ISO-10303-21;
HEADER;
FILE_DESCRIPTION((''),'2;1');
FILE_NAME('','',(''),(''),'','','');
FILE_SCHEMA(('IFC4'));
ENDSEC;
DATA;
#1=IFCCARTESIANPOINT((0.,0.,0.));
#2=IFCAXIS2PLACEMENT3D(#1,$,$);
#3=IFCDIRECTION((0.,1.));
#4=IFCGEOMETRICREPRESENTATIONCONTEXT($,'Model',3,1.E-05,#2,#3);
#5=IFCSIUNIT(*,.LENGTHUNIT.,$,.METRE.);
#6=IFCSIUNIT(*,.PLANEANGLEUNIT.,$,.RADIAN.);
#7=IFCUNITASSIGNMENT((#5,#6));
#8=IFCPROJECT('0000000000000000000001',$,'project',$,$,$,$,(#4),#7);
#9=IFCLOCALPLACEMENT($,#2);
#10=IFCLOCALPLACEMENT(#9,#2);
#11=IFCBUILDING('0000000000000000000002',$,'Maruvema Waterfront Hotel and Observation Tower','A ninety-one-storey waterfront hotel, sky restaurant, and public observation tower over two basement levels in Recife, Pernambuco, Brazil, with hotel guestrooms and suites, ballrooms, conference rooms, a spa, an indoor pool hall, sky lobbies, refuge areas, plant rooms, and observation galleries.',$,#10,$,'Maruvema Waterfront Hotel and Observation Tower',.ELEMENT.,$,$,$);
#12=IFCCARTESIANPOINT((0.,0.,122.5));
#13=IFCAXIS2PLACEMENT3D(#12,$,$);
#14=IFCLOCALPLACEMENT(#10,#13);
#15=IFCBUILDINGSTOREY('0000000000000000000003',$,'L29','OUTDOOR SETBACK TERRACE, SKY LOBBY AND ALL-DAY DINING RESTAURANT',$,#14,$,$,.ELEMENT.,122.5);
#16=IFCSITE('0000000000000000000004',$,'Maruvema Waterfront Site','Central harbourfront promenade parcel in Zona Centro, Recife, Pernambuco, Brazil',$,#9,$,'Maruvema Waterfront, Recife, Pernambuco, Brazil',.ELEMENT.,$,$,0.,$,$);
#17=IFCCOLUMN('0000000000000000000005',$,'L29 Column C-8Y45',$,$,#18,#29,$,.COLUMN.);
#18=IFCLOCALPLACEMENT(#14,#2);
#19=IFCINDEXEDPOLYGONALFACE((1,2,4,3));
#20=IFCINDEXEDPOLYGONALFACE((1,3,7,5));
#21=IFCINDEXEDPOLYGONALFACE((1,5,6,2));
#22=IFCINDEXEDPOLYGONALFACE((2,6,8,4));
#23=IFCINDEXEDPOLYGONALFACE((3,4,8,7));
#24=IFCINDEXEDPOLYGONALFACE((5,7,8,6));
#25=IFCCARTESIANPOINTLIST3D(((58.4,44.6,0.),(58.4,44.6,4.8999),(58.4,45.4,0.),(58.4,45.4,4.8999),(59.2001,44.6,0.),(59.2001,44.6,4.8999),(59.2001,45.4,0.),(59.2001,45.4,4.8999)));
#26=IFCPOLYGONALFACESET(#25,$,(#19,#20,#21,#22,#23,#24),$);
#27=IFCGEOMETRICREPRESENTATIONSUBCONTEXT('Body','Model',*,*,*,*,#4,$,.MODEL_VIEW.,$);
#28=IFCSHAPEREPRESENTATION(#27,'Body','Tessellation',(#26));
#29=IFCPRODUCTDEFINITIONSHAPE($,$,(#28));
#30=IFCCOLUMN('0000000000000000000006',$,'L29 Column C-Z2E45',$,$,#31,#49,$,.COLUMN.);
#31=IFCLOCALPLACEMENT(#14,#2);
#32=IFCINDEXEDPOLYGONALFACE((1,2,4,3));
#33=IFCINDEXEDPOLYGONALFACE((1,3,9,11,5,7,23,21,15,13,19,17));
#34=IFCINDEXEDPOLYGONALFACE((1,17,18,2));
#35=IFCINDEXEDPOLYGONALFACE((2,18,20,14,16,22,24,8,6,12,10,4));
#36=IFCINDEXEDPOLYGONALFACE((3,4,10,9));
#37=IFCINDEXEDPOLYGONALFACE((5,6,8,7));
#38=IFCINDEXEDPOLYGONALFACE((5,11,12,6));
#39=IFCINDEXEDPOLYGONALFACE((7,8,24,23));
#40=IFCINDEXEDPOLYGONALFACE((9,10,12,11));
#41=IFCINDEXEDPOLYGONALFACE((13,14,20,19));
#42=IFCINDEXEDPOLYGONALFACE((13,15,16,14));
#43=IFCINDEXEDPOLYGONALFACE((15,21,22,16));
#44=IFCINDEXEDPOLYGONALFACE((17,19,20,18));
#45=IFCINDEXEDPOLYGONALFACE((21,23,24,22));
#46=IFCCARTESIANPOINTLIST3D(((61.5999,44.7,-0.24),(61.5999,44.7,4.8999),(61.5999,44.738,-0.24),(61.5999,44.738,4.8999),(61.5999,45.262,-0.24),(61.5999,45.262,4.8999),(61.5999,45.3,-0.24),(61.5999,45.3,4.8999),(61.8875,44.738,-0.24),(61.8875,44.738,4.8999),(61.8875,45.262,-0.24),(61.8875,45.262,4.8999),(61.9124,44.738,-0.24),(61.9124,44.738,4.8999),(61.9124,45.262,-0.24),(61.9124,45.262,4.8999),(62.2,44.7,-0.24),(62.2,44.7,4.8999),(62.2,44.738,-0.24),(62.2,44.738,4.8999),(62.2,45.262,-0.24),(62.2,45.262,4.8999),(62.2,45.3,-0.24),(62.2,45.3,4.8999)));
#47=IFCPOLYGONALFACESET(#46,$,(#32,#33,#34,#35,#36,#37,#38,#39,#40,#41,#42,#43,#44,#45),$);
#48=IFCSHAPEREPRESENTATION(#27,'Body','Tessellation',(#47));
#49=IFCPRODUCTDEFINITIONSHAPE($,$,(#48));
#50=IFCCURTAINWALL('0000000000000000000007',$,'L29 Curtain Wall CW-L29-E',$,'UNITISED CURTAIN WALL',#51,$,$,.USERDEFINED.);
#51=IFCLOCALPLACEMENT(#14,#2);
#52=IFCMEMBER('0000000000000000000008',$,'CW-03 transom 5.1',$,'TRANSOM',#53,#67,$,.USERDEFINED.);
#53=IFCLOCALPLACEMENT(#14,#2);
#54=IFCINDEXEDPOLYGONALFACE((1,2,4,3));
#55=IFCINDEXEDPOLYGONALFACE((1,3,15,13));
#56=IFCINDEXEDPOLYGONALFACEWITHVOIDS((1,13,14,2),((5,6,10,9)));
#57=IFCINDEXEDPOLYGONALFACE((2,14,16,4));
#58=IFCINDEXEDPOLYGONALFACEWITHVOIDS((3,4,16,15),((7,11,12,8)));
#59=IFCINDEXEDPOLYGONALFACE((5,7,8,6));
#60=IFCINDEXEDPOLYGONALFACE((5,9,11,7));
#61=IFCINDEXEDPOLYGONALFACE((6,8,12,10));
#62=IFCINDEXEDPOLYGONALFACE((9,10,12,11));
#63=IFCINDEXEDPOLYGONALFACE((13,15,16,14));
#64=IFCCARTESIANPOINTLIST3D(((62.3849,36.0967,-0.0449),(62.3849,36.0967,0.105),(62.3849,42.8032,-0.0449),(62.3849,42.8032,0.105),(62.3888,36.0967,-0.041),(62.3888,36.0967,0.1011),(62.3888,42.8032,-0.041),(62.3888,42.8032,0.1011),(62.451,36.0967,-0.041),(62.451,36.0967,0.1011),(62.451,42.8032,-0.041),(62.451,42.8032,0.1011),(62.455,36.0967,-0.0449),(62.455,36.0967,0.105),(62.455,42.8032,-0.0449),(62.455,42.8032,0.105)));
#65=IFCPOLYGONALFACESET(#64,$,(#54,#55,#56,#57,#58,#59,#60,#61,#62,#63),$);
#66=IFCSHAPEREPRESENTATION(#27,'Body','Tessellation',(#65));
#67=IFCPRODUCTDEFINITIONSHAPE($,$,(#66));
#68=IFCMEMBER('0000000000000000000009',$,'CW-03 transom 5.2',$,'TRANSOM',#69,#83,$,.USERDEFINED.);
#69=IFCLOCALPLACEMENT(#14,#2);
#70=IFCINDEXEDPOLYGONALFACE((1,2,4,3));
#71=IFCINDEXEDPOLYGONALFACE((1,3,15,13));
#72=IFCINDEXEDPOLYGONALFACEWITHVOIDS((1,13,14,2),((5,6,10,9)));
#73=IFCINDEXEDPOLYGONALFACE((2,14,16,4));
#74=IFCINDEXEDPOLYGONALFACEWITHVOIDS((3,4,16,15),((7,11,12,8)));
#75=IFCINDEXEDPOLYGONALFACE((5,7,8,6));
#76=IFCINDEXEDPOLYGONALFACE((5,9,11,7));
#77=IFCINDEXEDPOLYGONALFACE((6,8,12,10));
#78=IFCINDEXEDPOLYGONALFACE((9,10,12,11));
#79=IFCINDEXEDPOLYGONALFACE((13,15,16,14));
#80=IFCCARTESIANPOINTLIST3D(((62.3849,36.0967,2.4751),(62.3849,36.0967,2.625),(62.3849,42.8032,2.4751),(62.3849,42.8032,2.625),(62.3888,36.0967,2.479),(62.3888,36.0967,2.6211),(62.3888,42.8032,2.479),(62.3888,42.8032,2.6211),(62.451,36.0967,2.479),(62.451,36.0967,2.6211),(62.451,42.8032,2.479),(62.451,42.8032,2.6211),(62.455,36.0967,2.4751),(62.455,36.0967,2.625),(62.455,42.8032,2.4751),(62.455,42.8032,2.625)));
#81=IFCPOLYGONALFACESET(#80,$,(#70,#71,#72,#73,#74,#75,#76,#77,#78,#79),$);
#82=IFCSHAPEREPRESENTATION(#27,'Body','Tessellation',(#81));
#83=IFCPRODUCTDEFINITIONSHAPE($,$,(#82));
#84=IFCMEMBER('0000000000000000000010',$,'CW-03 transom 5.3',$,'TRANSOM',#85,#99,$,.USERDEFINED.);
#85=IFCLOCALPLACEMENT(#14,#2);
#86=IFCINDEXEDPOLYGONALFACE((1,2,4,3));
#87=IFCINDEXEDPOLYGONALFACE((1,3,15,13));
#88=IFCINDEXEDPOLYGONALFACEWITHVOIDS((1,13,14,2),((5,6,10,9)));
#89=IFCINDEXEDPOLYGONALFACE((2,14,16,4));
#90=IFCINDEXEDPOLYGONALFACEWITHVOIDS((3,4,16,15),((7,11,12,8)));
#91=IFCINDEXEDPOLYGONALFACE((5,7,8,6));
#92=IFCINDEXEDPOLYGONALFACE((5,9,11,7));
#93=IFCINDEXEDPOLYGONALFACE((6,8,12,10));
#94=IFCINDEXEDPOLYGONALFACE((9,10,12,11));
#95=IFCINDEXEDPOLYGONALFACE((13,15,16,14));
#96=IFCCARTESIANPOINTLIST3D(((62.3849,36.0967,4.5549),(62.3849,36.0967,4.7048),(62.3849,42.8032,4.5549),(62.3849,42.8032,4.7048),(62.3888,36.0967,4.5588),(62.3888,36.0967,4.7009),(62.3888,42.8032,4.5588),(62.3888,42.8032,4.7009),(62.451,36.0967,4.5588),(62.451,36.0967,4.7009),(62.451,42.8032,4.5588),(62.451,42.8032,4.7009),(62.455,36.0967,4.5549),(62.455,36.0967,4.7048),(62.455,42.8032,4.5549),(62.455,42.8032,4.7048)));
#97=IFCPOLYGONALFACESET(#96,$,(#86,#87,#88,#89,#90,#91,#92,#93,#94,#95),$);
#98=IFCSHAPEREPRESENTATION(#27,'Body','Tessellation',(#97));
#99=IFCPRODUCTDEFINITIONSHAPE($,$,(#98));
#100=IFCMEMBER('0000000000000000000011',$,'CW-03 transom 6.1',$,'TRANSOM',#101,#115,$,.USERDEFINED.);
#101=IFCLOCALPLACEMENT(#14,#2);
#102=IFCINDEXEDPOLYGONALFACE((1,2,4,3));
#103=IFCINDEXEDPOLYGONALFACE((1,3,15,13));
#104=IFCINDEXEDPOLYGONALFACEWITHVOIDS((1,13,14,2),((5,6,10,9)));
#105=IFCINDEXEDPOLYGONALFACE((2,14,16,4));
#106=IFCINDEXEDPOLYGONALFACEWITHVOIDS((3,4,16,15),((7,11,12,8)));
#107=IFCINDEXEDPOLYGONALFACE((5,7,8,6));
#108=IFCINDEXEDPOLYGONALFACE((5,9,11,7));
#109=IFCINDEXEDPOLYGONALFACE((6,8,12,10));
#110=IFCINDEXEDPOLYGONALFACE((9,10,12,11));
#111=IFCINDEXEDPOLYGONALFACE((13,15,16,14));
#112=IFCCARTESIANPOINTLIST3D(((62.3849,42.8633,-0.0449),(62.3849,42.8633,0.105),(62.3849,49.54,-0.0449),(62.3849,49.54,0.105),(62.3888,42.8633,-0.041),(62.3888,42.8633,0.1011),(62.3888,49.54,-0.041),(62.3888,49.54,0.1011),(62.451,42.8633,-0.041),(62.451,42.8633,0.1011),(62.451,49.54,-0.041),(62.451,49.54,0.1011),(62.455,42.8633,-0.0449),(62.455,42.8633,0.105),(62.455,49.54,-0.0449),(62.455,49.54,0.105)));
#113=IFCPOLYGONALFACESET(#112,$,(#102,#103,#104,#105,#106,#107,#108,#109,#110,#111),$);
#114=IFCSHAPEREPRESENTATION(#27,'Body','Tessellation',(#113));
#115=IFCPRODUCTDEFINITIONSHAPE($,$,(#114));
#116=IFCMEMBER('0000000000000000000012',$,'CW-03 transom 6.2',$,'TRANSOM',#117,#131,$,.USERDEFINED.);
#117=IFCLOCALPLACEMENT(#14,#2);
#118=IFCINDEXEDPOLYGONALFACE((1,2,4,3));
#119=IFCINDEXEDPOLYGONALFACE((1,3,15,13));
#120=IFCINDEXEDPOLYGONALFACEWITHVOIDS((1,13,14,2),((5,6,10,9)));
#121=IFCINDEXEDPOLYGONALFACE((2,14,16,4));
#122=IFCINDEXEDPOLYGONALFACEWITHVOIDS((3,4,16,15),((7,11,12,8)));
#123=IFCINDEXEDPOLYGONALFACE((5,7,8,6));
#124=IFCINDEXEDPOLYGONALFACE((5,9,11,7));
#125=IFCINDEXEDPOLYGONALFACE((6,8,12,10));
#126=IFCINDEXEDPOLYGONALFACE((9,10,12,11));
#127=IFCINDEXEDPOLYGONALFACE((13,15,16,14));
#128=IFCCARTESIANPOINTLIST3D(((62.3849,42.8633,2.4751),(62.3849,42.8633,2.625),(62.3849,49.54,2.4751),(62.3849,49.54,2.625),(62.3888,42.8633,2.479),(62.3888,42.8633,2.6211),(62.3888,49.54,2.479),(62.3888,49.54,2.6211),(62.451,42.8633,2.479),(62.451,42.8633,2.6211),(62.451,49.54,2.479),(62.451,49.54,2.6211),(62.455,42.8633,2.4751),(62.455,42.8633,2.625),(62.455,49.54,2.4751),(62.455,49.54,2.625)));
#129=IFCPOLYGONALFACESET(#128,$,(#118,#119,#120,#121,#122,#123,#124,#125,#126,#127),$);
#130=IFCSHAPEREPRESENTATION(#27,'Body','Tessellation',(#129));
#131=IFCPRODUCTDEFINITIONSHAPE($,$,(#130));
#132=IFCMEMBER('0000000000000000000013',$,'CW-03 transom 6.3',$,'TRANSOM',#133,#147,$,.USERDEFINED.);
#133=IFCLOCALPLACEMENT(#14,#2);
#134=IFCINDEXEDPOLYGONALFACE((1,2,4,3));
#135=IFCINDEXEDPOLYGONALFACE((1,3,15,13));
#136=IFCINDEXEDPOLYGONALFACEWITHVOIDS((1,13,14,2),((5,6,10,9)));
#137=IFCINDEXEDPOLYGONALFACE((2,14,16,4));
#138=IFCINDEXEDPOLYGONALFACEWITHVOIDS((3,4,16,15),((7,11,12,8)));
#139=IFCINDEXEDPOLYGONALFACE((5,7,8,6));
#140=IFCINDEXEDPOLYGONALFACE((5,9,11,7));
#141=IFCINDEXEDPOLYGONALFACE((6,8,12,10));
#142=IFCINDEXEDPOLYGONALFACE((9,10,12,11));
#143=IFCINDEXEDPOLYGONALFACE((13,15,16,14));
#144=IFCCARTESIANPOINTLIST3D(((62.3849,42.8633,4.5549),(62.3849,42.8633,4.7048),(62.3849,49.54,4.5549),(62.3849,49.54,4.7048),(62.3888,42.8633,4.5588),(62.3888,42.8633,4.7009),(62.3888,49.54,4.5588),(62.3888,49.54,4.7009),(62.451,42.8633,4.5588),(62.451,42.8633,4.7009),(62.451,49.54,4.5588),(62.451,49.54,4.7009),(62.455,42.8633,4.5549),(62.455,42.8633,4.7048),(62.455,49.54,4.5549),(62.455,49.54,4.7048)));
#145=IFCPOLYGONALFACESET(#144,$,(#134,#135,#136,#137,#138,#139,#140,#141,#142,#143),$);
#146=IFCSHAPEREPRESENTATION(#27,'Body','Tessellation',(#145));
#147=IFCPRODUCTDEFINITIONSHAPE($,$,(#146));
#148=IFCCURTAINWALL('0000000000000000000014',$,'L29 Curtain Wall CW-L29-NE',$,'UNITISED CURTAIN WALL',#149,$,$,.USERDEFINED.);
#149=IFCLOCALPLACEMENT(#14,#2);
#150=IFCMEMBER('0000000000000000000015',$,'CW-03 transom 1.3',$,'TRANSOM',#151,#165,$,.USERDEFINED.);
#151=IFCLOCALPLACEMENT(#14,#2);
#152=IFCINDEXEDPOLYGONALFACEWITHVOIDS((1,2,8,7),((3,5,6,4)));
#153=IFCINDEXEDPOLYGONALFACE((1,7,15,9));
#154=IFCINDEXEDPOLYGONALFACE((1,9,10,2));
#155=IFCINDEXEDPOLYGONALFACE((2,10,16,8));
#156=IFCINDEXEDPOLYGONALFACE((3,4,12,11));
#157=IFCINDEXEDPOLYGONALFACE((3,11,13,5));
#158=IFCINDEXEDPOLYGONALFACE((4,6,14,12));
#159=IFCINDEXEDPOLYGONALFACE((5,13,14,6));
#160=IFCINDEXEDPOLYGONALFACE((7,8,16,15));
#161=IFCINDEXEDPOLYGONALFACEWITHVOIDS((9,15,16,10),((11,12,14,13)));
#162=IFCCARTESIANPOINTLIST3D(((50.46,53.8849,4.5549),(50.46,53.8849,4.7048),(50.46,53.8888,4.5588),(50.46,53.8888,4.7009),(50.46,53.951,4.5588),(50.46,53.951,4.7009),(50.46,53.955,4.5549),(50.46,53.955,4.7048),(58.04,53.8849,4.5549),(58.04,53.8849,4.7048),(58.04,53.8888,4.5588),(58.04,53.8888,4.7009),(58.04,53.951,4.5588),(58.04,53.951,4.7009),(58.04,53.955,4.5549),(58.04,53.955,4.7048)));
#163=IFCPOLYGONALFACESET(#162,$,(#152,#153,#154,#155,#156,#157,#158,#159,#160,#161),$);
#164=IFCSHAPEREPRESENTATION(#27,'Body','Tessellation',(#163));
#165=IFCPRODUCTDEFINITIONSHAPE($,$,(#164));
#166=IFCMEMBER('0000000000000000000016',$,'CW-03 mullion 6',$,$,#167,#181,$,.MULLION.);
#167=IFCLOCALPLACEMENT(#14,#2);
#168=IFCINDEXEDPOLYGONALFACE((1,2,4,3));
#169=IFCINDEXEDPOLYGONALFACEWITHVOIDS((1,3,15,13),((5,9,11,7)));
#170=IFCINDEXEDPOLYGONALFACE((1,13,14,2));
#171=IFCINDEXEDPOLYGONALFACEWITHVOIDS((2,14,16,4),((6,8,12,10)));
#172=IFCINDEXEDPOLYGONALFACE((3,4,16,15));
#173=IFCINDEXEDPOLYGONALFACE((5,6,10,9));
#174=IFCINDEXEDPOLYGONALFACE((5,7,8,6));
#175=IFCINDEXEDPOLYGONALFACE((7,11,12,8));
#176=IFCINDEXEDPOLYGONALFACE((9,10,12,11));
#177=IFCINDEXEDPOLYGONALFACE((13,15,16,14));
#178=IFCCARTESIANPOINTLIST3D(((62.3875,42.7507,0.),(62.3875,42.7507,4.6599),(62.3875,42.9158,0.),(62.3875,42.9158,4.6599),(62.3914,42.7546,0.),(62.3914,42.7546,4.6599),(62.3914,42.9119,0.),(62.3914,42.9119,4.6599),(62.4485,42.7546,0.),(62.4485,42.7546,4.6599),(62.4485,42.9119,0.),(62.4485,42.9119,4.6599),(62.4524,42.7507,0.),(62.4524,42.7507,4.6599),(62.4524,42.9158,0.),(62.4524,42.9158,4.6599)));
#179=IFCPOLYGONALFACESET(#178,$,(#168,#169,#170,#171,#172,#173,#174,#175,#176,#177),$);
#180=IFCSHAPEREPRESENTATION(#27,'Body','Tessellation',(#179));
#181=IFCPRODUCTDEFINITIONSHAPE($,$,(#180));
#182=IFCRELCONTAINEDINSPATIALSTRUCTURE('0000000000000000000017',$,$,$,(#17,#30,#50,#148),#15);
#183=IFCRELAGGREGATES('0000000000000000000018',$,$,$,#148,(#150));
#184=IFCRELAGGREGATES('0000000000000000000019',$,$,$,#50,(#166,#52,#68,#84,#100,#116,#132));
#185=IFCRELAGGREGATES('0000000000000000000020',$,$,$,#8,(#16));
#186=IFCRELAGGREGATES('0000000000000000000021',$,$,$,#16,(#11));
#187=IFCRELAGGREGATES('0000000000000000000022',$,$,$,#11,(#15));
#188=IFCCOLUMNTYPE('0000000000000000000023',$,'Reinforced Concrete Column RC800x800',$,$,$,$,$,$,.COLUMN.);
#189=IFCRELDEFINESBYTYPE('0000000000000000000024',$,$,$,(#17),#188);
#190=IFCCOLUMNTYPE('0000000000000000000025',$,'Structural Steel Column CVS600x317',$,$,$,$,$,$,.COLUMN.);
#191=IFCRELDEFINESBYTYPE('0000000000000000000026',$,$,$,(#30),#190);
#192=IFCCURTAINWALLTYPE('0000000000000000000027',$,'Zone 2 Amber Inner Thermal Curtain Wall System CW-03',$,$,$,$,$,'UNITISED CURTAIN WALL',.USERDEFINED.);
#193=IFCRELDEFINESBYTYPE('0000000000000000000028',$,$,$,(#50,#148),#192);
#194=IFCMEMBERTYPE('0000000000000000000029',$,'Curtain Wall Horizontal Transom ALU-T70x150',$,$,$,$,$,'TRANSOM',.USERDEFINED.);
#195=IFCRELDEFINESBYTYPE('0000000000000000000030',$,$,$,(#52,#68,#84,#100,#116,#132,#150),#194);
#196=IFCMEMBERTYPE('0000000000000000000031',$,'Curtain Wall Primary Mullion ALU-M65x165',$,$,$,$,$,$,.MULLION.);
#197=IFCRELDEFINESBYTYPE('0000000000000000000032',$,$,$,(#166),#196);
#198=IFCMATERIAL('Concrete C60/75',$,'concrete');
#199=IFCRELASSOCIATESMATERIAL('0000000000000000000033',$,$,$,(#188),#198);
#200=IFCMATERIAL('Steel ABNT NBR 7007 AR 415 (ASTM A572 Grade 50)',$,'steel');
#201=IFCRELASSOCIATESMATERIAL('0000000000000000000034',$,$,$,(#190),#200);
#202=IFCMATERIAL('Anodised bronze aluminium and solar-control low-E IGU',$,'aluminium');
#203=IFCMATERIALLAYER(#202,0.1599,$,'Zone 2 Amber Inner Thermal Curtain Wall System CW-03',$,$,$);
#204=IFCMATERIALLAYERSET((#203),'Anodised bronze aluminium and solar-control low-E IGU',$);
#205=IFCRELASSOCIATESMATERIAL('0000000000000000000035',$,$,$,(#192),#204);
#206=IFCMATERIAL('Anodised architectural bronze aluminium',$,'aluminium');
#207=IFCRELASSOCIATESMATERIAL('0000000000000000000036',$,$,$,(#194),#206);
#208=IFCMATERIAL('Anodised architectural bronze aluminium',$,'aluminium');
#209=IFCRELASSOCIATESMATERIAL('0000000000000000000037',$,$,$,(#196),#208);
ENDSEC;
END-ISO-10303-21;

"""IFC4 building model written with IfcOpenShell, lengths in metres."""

from ifc_helpers import new_model, si_unit, direction, frame, origin, origin_2d, place, context, subcontext, project, spatial, rectangle, hollow_rectangle, i_section, extrude, material, layer, layer_set, material_profile, profile_set, type_object, element, aggregate, save


model = new_model("IFC4")

# Units and contexts
model_context = context("Model", 3, precision=1e-05, world=origin(), true_north=direction((0.0, 1.0)))
body_context = subcontext(model_context, "Body", "Model", "MODEL_VIEW")
ifc_project = project(units=[si_unit("LENGTHUNIT", "METRE"), si_unit("PLANEANGLEUNIT", "RADIAN")], contexts=[model_context])

# Site, building, storey
site_placement = place(None, origin())
site = spatial("IfcSite", under=ifc_project, at=site_placement, Name="Maruvema Waterfront Site", Description="Central harbourfront promenade parcel in Zona Centro, Recife, Pernambuco, Brazil", LongName="Maruvema Waterfront, Recife, Pernambuco, Brazil", CompositionType="ELEMENT", RefElevation=0.0)
building_placement = place(site_placement, origin())
building = spatial("IfcBuilding", under=site, at=building_placement, Name="Maruvema Waterfront Hotel and Observation Tower", Description="A ninety-one-storey waterfront hotel, sky restaurant, and public observation tower over two basement levels in Recife, Pernambuco, Brazil, with hotel guestrooms and suites, ballrooms, conference rooms, a spa, an indoor pool hall, sky lobbies, refuge areas, plant rooms, and observation galleries.", LongName="Maruvema Waterfront Hotel and Observation Tower", CompositionType="ELEMENT")
storey_placement = place(building_placement, frame((0.0, 0.0, 122.5)))
storey = spatial("IfcBuildingStorey", under=building, at=storey_placement, Name="L29", Description="OUTDOOR SETBACK TERRACE, SKY LOBBY AND ALL-DAY DINING RESTAURANT", CompositionType="ELEMENT", Elevation=122.5)

# Columns
ifc_material_1 = material(Name="Concrete C60/75", Category="concrete")
ifc_material_profile_1 = material_profile(ifc_material_1, rectangle(XDim=0.8, YDim=0.8, at=origin_2d()), Name="RC800x800")
ifc_profile_set_1 = profile_set([ifc_material_profile_1], Name="Concrete C60/75")
column_type_1 = type_object("IfcColumnType", Name="Reinforced Concrete Column RC800x800", PredefinedType="COLUMN", material=ifc_profile_set_1)
column_1_placement = place(storey_placement, frame((58.8, 45.0, 0.0), z_axis=(0.0, 0.0, 1.0), x_axis=(1.0, 0.0, 0.0)))
element("IfcColumn", 1, at=column_1_placement, inside=storey, type_object=column_type_1, Name="L29 Column C-8Y45", PredefinedType="COLUMN", context=body_context, shape_type="SweptSolid", body=[
    extrude(rectangle(XDim=0.8, YDim=0.8, at=origin_2d()), origin(), (0.0, 0.0, 1.0), 4.8999),
])
ifc_material_2 = material(Name="Steel ABNT NBR 7007 AR 415 (ASTM A572 Grade 50)", Category="steel")
ifc_material_profile_2 = material_profile(ifc_material_2, i_section(OverallWidth=0.6001, OverallDepth=0.6001, WebThickness=0.0249, FlangeThickness=0.0381, at=origin_2d()), Name="CVS600x317")
ifc_profile_set_2 = profile_set([ifc_material_profile_2], Name="Steel ABNT NBR 7007 AR 415 (ASTM A572 Grade 50)")
column_type_2 = type_object("IfcColumnType", Name="Structural Steel Column CVS600x317", PredefinedType="COLUMN", material=ifc_profile_set_2)
column_2_placement = place(storey_placement, frame((61.8999, 45.0, -0.24), z_axis=(0.0, 0.0, 1.0), x_axis=(1.0, 0.0, 0.0)))
element("IfcColumn", 2, at=column_2_placement, inside=storey, type_object=column_type_2, Name="L29 Column C-Z2E45", PredefinedType="COLUMN", context=body_context, shape_type="SweptSolid", body=[
    extrude(i_section(OverallWidth=0.6001, OverallDepth=0.6001, WebThickness=0.0249, FlangeThickness=0.0381, at=origin_2d()), origin(), (0.0, 0.0, 1.0), 5.1399),
])

# Curtain wall, members
ifc_material_3 = material(Name="Anodised bronze aluminium and solar-control low-E IGU", Category="aluminium")
ifc_layer_1 = layer(ifc_material_3, 0.1599, Name="Zone 2 Amber Inner Thermal Curtain Wall System CW-03")
ifc_layer_set_1 = layer_set([ifc_layer_1], Name="Anodised bronze aluminium and solar-control low-E IGU")
curtain_wall_type = type_object("IfcCurtainWallType", Name="Zone 2 Amber Inner Thermal Curtain Wall System CW-03", ElementType="UNITISED CURTAIN WALL", PredefinedType="USERDEFINED", material=ifc_layer_set_1)
curtain_wall_1_placement = place(storey_placement, origin())
curtain_wall_1 = element("IfcCurtainWall", 3, at=curtain_wall_1_placement, inside=storey, type_object=curtain_wall_type, Name="L29 Curtain Wall CW-L29-E", ObjectType="UNITISED CURTAIN WALL", PredefinedType="USERDEFINED")
ifc_material_4 = material(Name="Anodised architectural bronze aluminium", Category="aluminium")
ifc_material_profile_3 = material_profile(ifc_material_4, hollow_rectangle(XDim=0.0701, YDim=0.1499, WallThickness=0.0039, at=origin_2d()), Name="ALU-T70x150")
ifc_profile_set_3 = profile_set([ifc_material_profile_3], Name="Anodised architectural bronze aluminium")
member_type_1 = type_object("IfcMemberType", Name="Curtain Wall Horizontal Transom ALU-T70x150", ElementType="TRANSOM", PredefinedType="USERDEFINED", material=ifc_profile_set_3)
member_1_placement = place(storey_placement, frame((62.4199, 36.0967, 0.03), z_axis=(0.0, 1.0, 0.0), x_axis=(-1.0, 0.0, 0.0)))
member_1 = element("IfcMember", 4, at=member_1_placement, type_object=member_type_1, Name="CW-03 transom 5.1", ObjectType="TRANSOM", PredefinedType="USERDEFINED", context=body_context, shape_type="SweptSolid", body=[
    extrude(hollow_rectangle(XDim=0.0701, YDim=0.1499, WallThickness=0.0039, at=origin_2d()), origin(), (0.0, 0.0, 1.0), 6.7065),
])
member_2_placement = place(storey_placement, frame((62.4199, 36.0967, 2.55), z_axis=(0.0, 1.0, 0.0), x_axis=(-1.0, 0.0, 0.0)))
member_2 = element("IfcMember", 5, at=member_2_placement, type_object=member_type_1, Name="CW-03 transom 5.2", ObjectType="TRANSOM", PredefinedType="USERDEFINED", context=body_context, shape_type="SweptSolid", body=[
    extrude(hollow_rectangle(XDim=0.0701, YDim=0.1499, WallThickness=0.0039, at=origin_2d()), origin(), (0.0, 0.0, 1.0), 6.7065),
])
member_3_placement = place(storey_placement, frame((62.4199, 36.0967, 4.6299), z_axis=(0.0, 1.0, 0.0), x_axis=(-1.0, 0.0, 0.0)))
member_3 = element("IfcMember", 6, at=member_3_placement, type_object=member_type_1, Name="CW-03 transom 5.3", ObjectType="TRANSOM", PredefinedType="USERDEFINED", context=body_context, shape_type="SweptSolid", body=[
    extrude(hollow_rectangle(XDim=0.0701, YDim=0.1499, WallThickness=0.0039, at=origin_2d()), origin(), (0.0, 0.0, 1.0), 6.7065),
])
member_4_placement = place(storey_placement, frame((62.4199, 42.8633, 0.03), z_axis=(0.0, 1.0, 0.0), x_axis=(-1.0, 0.0, 0.0)))
member_4 = element("IfcMember", 7, at=member_4_placement, type_object=member_type_1, Name="CW-03 transom 6.1", ObjectType="TRANSOM", PredefinedType="USERDEFINED", context=body_context, shape_type="SweptSolid", body=[
    extrude(hollow_rectangle(XDim=0.0701, YDim=0.1499, WallThickness=0.0039, at=origin_2d()), origin(), (0.0, 0.0, 1.0), 6.6768),
])
member_5_placement = place(storey_placement, frame((62.4199, 42.8633, 2.55), z_axis=(0.0, 1.0, 0.0), x_axis=(-1.0, 0.0, 0.0)))
member_5 = element("IfcMember", 8, at=member_5_placement, type_object=member_type_1, Name="CW-03 transom 6.2", ObjectType="TRANSOM", PredefinedType="USERDEFINED", context=body_context, shape_type="SweptSolid", body=[
    extrude(hollow_rectangle(XDim=0.0701, YDim=0.1499, WallThickness=0.0039, at=origin_2d()), origin(), (0.0, 0.0, 1.0), 6.6768),
])
member_6_placement = place(storey_placement, frame((62.4199, 42.8633, 4.6299), z_axis=(0.0, 1.0, 0.0), x_axis=(-1.0, 0.0, 0.0)))
member_6 = element("IfcMember", 9, at=member_6_placement, type_object=member_type_1, Name="CW-03 transom 6.3", ObjectType="TRANSOM", PredefinedType="USERDEFINED", context=body_context, shape_type="SweptSolid", body=[
    extrude(hollow_rectangle(XDim=0.0701, YDim=0.1499, WallThickness=0.0039, at=origin_2d()), origin(), (0.0, 0.0, 1.0), 6.6768),
])

# Curtain wall, member
curtain_wall_2_placement = place(storey_placement, origin())
curtain_wall_2 = element("IfcCurtainWall", 10, at=curtain_wall_2_placement, inside=storey, type_object=curtain_wall_type, Name="L29 Curtain Wall CW-L29-NE", ObjectType="UNITISED CURTAIN WALL", PredefinedType="USERDEFINED")
member_7_placement = place(storey_placement, frame((58.04, 53.9199, 4.6299), z_axis=(-1.0, 0.0, 0.0), x_axis=(0.0, -1.0, 0.0)))
member_7 = element("IfcMember", 11, at=member_7_placement, type_object=member_type_1, Name="CW-03 transom 1.3", ObjectType="TRANSOM", PredefinedType="USERDEFINED", context=body_context, shape_type="SweptSolid", body=[
    extrude(hollow_rectangle(XDim=0.0701, YDim=0.1499, WallThickness=0.0039, at=origin_2d()), origin(), (0.0, 0.0, 1.0), 7.5801),
])

# Member
ifc_material_5 = material(Name="Anodised architectural bronze aluminium", Category="aluminium")
ifc_material_profile_4 = material_profile(ifc_material_5, hollow_rectangle(XDim=0.0649, YDim=0.165, WallThickness=0.0039, at=origin_2d()), Name="ALU-M65x165")
ifc_profile_set_4 = profile_set([ifc_material_profile_4], Name="Anodised architectural bronze aluminium")
member_type_2 = type_object("IfcMemberType", Name="Curtain Wall Primary Mullion ALU-M65x165", PredefinedType="MULLION", material=ifc_profile_set_4)
member_8_placement = place(storey_placement, frame((62.4199, 42.8333, 0.0), z_axis=(0.0, 0.0, 1.0), x_axis=(-1.0, 0.0, 0.0)))
member_8 = element("IfcMember", 12, at=member_8_placement, type_object=member_type_2, Name="CW-03 mullion 6", PredefinedType="MULLION", context=body_context, shape_type="SweptSolid", body=[
    extrude(hollow_rectangle(XDim=0.0649, YDim=0.165, WallThickness=0.0039, at=origin_2d()), origin(), (0.0, 0.0, 1.0), 4.6599),
])
aggregate(curtain_wall_2, [member_7])

aggregate(curtain_wall_1, [member_8, member_1, member_2, member_3, member_4, member_5, member_6])

save(model, "model.ifc")
